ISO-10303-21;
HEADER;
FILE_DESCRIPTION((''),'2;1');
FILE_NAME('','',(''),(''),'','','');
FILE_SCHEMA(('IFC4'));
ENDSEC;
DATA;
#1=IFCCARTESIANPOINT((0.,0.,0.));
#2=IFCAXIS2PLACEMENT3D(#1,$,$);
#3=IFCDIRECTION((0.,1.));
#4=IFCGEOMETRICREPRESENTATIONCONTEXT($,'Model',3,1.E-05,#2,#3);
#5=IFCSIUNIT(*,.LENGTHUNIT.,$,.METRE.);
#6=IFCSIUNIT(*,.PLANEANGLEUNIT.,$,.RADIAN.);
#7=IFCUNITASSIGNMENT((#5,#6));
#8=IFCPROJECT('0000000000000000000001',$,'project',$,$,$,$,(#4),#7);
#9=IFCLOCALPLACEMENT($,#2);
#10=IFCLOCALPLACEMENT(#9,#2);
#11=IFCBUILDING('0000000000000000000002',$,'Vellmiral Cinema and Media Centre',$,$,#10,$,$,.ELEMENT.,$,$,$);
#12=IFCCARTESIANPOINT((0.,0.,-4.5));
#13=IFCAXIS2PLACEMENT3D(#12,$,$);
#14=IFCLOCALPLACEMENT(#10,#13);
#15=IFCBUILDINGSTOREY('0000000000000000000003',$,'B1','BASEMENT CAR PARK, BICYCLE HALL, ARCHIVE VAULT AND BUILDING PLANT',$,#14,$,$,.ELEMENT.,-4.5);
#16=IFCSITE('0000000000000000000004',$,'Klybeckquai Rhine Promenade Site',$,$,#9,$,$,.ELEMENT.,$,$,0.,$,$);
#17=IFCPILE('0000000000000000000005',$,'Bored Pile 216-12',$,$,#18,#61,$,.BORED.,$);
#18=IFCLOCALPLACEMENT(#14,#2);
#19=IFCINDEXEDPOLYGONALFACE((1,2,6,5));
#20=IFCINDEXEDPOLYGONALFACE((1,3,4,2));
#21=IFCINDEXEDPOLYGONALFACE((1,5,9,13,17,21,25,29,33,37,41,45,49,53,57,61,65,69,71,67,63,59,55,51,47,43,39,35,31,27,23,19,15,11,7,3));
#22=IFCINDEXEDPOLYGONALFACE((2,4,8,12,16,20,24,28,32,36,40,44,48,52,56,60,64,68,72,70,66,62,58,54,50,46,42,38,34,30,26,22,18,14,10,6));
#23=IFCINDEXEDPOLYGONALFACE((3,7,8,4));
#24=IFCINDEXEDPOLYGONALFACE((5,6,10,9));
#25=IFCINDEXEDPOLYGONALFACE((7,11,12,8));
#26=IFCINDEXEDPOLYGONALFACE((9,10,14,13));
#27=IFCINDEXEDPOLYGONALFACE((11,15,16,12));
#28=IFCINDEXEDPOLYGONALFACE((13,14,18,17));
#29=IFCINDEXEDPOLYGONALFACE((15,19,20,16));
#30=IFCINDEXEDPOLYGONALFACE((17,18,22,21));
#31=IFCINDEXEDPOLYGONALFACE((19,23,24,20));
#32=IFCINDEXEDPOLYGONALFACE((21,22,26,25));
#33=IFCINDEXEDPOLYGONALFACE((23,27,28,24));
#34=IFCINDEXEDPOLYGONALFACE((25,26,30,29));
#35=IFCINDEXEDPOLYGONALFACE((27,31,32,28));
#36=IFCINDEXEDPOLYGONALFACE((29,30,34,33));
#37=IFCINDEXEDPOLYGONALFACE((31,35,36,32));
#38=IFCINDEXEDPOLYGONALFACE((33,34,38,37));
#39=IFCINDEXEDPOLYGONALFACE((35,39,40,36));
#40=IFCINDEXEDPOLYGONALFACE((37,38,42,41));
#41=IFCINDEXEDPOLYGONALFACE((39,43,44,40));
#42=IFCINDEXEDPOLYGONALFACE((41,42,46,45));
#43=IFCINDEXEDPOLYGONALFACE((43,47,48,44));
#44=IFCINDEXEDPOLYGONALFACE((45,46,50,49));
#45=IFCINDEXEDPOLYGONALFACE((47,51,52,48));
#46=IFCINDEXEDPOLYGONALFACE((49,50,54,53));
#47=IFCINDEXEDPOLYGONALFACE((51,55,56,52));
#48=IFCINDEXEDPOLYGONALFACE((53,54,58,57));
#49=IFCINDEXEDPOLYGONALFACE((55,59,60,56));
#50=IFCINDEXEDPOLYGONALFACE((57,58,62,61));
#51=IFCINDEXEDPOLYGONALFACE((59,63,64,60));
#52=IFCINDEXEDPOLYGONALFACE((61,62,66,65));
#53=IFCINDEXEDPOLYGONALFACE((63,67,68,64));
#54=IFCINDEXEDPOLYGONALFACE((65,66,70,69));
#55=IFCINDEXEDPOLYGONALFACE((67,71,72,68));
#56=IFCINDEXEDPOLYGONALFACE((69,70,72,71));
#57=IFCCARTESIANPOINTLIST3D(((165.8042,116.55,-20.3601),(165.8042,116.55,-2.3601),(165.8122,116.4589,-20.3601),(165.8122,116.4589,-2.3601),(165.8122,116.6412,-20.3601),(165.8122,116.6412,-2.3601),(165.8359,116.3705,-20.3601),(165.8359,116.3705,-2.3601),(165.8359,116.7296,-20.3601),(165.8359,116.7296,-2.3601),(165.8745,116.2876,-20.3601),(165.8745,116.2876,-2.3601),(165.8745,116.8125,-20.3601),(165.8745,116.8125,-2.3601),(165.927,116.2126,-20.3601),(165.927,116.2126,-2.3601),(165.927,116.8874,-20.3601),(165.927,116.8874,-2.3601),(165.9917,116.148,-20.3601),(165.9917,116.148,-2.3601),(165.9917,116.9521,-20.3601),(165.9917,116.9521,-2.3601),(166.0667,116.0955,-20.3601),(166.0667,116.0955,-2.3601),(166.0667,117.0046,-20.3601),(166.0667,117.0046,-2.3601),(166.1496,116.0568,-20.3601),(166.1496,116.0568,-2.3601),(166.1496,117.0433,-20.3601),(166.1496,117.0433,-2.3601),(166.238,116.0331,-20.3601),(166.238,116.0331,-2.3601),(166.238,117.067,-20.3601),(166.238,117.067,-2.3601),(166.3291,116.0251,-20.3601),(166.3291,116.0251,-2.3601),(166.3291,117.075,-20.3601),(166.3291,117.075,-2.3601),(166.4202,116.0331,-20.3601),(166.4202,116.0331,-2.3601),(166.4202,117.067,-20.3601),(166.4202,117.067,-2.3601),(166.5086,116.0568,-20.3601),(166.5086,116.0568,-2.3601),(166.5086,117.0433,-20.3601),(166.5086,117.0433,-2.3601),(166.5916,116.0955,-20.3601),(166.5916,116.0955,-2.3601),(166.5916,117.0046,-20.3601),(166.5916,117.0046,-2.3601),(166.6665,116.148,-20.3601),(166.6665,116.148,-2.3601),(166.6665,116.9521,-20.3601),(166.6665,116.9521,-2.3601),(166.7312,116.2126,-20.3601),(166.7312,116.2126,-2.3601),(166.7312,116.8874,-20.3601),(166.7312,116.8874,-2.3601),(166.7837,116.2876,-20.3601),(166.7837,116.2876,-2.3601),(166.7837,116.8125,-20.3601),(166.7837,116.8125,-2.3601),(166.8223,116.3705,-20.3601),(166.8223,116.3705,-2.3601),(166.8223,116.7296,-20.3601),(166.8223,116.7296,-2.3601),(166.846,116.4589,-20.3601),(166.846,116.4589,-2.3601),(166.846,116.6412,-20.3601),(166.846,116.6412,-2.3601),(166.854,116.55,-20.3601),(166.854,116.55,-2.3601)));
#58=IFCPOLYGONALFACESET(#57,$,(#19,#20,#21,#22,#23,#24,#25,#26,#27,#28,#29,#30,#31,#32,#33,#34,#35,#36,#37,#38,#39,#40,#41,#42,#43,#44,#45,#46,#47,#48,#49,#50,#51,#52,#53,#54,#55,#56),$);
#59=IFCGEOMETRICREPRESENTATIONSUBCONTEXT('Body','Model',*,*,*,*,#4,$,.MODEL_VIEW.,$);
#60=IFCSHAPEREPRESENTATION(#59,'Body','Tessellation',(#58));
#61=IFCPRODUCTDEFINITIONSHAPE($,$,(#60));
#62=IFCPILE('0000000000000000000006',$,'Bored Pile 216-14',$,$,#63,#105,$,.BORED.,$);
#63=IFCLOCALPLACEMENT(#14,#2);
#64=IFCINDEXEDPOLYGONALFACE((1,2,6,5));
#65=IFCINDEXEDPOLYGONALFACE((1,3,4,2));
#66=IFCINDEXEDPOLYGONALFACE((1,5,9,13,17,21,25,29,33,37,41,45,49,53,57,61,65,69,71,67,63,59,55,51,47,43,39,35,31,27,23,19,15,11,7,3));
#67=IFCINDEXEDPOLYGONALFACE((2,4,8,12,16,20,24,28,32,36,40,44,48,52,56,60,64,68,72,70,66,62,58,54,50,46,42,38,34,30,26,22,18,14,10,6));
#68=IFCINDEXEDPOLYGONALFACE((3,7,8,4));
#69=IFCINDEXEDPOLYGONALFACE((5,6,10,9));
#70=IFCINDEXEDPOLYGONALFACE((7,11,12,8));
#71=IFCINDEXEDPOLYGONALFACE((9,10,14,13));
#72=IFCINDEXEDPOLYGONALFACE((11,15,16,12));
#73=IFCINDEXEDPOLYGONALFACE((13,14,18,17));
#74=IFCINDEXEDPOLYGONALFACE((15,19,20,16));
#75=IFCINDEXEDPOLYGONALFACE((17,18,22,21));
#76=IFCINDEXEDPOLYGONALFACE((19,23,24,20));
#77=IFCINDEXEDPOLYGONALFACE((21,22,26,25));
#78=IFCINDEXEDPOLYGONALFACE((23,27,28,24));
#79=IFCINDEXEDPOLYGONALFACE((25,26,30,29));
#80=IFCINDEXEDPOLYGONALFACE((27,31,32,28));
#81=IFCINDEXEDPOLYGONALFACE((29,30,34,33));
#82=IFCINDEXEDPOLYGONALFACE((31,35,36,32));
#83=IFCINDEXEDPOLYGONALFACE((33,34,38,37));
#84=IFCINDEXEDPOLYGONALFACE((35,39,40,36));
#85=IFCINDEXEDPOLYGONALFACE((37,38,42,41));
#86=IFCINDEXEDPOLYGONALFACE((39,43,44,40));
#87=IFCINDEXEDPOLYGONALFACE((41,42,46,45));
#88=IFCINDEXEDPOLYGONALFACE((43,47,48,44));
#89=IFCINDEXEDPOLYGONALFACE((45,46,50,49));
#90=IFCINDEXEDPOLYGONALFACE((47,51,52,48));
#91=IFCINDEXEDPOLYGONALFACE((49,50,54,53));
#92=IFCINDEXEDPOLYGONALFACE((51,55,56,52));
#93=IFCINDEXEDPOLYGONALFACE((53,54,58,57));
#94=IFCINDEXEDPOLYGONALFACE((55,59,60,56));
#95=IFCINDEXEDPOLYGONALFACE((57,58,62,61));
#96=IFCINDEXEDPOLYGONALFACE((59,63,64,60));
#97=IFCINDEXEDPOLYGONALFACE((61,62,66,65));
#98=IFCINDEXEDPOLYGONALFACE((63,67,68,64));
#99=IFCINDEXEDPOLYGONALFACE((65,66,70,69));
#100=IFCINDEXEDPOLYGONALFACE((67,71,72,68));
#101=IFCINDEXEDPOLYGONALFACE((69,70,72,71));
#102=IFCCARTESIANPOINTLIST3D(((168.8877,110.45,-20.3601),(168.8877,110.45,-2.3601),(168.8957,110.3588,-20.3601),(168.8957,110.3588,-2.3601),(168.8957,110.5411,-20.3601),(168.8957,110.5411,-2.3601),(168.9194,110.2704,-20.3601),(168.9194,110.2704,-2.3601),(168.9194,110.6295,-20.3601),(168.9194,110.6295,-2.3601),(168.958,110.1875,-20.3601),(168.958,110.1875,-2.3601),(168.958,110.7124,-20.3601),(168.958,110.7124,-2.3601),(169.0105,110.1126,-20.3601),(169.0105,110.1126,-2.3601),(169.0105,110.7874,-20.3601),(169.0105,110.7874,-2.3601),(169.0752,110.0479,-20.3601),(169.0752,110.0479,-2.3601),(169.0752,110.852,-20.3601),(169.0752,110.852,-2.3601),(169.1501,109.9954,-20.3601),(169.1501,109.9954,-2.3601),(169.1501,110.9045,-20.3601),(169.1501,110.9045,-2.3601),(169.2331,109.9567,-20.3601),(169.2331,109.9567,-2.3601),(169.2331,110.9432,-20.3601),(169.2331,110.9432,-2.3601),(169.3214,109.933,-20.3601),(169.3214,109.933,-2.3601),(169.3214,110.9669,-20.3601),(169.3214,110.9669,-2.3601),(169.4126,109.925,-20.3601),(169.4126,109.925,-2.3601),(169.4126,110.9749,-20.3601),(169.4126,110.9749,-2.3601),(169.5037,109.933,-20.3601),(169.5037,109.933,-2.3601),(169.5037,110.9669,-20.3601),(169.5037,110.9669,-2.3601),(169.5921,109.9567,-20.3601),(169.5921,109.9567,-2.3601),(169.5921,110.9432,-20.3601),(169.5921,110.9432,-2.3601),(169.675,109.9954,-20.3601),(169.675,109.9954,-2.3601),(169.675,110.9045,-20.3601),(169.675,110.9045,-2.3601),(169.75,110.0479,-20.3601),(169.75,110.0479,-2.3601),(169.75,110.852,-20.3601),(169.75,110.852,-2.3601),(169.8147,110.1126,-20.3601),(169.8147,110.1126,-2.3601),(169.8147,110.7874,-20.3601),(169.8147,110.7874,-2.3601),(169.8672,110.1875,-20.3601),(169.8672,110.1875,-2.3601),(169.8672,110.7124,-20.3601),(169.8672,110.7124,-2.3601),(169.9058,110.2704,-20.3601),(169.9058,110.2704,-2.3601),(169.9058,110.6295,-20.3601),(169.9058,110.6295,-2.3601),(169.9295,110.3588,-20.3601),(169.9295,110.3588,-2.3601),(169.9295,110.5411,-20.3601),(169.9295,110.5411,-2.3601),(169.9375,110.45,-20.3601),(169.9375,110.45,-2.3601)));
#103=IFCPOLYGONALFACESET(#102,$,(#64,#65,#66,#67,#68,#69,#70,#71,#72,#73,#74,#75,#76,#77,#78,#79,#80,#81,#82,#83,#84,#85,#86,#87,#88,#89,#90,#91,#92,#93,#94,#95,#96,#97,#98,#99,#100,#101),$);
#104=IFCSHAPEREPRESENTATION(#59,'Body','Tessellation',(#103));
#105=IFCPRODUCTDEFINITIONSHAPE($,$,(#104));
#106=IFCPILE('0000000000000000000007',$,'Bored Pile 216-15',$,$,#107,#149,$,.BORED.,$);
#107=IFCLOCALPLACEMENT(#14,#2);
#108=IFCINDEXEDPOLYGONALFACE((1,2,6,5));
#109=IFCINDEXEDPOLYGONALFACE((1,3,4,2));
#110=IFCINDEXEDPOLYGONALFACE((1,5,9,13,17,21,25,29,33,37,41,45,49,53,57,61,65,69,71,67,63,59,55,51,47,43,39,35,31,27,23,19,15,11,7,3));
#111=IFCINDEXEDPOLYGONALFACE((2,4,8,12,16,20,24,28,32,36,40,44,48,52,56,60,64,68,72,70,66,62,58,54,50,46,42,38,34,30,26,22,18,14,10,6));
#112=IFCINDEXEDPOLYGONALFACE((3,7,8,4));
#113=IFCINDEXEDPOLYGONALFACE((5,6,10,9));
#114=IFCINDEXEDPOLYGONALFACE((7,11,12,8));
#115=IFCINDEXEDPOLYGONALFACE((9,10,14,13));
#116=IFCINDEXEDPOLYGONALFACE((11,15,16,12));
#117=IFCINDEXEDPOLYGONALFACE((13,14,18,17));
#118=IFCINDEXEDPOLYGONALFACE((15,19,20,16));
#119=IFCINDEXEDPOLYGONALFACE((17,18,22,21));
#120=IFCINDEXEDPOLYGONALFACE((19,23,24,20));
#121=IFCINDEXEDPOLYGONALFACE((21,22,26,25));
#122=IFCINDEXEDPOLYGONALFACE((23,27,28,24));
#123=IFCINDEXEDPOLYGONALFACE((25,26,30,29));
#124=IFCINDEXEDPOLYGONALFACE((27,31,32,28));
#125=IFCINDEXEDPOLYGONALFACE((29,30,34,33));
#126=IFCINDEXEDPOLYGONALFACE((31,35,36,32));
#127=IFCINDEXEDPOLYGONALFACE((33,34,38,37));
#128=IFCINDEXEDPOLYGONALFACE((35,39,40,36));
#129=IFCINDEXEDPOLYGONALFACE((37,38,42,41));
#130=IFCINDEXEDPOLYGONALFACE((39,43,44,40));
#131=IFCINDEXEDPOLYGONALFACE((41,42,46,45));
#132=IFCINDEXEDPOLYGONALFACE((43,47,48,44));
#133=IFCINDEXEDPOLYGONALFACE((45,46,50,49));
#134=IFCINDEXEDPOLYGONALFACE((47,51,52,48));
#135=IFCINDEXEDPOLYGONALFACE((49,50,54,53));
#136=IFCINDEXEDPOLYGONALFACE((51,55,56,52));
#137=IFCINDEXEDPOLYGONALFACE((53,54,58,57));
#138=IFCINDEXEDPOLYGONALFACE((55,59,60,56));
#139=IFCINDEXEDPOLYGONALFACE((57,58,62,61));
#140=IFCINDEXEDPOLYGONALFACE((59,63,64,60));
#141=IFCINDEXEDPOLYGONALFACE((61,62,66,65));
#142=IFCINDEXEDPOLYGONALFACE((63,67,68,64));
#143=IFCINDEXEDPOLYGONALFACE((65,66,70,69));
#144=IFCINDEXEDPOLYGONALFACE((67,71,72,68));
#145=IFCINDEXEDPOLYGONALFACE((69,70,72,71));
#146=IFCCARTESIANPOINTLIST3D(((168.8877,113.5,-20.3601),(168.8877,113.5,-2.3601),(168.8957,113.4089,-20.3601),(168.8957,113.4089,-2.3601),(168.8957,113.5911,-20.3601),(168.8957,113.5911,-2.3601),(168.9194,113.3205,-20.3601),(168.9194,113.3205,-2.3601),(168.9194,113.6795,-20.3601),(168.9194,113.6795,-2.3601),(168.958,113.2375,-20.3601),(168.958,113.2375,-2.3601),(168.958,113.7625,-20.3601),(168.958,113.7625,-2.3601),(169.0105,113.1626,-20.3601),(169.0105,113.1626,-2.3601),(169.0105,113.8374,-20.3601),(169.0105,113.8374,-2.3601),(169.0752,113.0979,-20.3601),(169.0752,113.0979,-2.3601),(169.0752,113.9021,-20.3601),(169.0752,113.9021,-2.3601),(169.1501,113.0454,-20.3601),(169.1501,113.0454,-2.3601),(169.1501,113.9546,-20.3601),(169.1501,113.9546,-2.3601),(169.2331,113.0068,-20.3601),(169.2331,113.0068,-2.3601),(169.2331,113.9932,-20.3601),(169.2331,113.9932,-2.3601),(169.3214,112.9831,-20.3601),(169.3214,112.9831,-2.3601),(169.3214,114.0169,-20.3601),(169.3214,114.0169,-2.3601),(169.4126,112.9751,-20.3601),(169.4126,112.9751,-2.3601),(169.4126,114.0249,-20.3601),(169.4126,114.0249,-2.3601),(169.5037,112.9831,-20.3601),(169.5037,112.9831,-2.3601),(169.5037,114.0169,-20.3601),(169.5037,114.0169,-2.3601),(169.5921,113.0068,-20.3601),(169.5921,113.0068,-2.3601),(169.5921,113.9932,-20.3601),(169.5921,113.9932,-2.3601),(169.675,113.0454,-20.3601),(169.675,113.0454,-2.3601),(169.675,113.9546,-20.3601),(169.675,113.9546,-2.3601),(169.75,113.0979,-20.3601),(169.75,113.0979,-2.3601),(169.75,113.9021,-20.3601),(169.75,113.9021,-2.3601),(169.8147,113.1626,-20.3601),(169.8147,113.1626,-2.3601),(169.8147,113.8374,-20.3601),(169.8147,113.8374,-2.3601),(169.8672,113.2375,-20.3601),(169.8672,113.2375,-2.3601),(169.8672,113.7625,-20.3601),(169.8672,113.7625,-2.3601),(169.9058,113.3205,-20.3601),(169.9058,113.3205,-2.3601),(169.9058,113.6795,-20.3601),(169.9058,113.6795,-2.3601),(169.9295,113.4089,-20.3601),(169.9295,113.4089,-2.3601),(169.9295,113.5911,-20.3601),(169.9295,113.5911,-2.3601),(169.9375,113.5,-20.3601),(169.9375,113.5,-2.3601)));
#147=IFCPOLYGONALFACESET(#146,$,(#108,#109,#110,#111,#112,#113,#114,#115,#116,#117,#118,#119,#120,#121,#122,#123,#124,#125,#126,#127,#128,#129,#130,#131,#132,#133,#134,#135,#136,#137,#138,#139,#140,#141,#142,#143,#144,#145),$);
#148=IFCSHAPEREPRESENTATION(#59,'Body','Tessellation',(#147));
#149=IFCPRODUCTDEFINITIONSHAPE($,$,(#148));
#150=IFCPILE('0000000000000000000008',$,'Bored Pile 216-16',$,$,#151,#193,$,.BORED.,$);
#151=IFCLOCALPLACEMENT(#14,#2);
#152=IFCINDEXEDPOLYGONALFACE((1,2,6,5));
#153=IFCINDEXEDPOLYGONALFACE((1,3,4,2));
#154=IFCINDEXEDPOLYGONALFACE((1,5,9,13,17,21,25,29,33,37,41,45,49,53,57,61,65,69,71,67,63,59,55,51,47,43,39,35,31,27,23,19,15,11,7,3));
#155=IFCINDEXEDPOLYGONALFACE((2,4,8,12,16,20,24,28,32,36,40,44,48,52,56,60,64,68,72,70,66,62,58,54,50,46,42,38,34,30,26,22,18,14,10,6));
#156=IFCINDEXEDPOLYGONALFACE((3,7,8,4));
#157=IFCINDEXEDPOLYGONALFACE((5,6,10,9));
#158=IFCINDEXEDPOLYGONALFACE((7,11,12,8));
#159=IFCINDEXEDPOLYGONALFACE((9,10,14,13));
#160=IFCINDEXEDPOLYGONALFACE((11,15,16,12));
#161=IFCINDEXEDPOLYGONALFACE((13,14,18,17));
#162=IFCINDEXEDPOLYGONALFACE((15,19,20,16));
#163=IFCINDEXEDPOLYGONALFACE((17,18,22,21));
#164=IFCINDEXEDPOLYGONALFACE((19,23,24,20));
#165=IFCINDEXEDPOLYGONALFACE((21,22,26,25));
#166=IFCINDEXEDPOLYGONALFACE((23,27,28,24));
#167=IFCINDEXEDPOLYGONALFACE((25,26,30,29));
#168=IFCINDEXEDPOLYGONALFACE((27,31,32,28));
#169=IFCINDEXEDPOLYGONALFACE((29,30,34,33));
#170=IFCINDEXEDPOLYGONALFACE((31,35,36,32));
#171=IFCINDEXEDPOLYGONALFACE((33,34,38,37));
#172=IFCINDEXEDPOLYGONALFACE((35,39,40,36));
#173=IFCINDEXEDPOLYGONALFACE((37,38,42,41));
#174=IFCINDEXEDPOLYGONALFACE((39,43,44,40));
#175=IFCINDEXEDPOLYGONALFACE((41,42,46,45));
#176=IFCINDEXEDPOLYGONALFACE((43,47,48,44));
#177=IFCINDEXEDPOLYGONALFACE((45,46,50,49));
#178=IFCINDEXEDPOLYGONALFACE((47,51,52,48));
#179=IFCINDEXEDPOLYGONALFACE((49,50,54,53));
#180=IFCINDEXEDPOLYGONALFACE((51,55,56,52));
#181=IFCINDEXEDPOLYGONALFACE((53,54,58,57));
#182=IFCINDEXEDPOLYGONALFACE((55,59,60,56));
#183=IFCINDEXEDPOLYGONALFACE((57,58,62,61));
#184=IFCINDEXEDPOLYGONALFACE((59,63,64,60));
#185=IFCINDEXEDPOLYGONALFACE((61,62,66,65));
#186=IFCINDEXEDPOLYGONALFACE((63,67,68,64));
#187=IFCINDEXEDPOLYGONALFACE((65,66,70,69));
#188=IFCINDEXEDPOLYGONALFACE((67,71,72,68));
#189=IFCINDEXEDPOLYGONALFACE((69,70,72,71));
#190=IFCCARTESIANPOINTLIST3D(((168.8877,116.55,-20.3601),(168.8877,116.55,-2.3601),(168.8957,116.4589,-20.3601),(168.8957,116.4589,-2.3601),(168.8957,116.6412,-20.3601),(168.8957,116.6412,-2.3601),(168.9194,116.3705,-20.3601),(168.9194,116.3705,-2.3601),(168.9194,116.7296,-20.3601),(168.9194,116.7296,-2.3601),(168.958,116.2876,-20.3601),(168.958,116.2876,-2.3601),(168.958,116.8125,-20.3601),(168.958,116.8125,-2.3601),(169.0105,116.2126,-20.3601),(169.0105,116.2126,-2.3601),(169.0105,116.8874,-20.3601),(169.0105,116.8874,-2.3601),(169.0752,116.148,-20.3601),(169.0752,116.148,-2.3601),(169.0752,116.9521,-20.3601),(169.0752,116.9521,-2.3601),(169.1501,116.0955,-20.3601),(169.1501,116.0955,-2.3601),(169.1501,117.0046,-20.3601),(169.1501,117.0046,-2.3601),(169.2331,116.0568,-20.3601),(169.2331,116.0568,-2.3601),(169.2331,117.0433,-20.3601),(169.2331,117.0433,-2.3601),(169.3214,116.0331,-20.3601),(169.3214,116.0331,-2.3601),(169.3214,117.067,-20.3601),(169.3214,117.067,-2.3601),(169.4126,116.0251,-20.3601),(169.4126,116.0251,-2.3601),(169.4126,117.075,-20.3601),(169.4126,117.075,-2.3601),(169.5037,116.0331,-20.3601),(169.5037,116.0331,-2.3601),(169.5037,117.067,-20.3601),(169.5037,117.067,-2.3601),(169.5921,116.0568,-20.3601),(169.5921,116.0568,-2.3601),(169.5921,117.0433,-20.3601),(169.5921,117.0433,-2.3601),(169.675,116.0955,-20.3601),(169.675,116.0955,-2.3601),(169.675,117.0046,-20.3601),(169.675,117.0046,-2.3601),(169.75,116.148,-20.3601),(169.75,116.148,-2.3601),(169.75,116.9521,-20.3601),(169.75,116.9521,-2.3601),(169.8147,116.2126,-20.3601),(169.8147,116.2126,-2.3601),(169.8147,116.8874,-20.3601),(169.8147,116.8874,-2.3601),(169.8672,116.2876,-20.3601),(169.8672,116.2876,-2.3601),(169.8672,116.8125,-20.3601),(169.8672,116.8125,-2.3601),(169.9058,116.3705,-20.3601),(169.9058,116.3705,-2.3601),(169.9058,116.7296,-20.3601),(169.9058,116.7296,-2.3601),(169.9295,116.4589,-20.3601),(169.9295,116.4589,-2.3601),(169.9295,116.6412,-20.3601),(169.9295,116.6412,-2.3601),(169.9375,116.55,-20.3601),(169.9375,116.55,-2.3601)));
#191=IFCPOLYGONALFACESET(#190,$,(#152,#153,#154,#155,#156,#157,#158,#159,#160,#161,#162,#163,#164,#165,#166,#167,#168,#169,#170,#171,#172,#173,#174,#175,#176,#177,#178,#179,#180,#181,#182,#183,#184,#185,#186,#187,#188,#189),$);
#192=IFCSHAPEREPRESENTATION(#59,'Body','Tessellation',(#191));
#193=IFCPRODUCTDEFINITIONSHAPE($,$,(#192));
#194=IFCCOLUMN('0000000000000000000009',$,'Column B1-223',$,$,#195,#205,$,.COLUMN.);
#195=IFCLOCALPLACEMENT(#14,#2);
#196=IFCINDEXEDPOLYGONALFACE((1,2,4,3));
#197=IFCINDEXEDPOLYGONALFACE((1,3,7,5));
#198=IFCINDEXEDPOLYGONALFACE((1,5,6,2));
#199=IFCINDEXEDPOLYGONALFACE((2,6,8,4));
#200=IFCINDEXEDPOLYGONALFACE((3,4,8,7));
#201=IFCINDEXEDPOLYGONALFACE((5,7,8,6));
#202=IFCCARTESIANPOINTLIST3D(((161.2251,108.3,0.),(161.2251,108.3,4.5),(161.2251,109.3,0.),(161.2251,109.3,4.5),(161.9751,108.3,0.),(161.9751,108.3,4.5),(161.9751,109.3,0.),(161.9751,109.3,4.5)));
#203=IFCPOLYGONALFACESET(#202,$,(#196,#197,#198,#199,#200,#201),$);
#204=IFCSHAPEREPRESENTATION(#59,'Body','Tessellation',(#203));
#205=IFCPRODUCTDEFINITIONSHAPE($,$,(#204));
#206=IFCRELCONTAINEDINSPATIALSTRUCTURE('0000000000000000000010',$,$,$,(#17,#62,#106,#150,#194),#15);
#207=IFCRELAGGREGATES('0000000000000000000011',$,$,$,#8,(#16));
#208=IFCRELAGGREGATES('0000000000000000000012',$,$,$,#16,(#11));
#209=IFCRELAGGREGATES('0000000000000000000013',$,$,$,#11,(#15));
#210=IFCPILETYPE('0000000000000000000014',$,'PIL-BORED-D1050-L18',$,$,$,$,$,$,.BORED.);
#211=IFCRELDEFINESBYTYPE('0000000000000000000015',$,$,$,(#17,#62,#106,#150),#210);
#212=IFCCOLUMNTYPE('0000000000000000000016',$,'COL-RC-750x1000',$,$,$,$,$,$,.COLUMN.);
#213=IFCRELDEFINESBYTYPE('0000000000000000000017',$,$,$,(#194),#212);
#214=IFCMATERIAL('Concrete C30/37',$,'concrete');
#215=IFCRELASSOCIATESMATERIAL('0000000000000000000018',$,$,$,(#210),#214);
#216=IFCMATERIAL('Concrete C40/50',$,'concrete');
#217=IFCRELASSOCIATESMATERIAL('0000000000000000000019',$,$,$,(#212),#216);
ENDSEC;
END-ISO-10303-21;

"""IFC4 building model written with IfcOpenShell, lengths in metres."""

from ifc_helpers import new_model, si_unit, direction, frame, origin, origin_2d, place, context, subcontext, project, spatial, rectangle, circle, extrude, material, material_profile, profile_set, type_object, element, save


model = new_model("IFC4")

# Units and contexts
model_context = context("Model", 3, precision=1e-05, world=origin(), true_north=direction((0.0, 1.0)))
body_context = subcontext(model_context, "Body", "Model", "MODEL_VIEW")
ifc_project = project(units=[si_unit("LENGTHUNIT", "METRE"), si_unit("PLANEANGLEUNIT", "RADIAN")], contexts=[model_context])

# Site, building, storey
site_placement = place(None, origin())
site = spatial("IfcSite", under=ifc_project, at=site_placement, Name="Klybeckquai Rhine Promenade Site", CompositionType="ELEMENT", RefElevation=0.0)
building_placement = place(site_placement, origin())
building = spatial("IfcBuilding", under=site, at=building_placement, Name="Vellmiral Cinema and Media Centre", CompositionType="ELEMENT")
storey_placement = place(building_placement, frame((0.0, 0.0, -4.5)))
storey = spatial("IfcBuildingStorey", under=building, at=storey_placement, Name="B1", Description="BASEMENT CAR PARK, BICYCLE HALL, ARCHIVE VAULT AND BUILDING PLANT", CompositionType="ELEMENT", Elevation=-4.5)

# Piles
ifc_material_1 = material(Name="Concrete C30/37", Category="concrete")
ifc_material_profile_1 = material_profile(ifc_material_1, circle(Radius=0.5249, at=origin_2d()), Name="PILE D1050")
ifc_profile_set_1 = profile_set([ifc_material_profile_1], Name="Concrete C30/37")
pile_type = type_object("IfcPileType", Name="PIL-BORED-D1050-L18", PredefinedType="BORED", material=ifc_profile_set_1)
for number, where, z_axis, x_axis, name in (
    (1, (166.3291, 116.55, -2.3601), (0.0, 0.0, -1.0), (1.0, 0.0, 0.0), "Bored Pile 216-12"),
    (2, (169.4126, 110.45, -2.3601), (0.0, 0.0, -1.0), (1.0, 0.0, 0.0), "Bored Pile 216-14"),
    (3, (169.4126, 113.5, -2.3601), (0.0, 0.0, -1.0), (1.0, 0.0, 0.0), "Bored Pile 216-15"),
    (4, (169.4126, 116.55, -2.3601), (0.0, 0.0, -1.0), (1.0, 0.0, 0.0), "Bored Pile 216-16"),
):
    element("IfcPile", number, at=place(storey_placement, frame(where, z_axis=z_axis, x_axis=x_axis)), inside=storey, type_object=pile_type, Name=name, PredefinedType="BORED", context=body_context, shape_type="SweptSolid", body=[
        extrude(circle(Radius=0.5249, at=origin_2d()), origin(), (0.0, 0.0, 1.0), 18.0),
    ])

# Column
ifc_material_2 = material(Name="Concrete C40/50", Category="concrete")
ifc_material_profile_2 = material_profile(ifc_material_2, rectangle(XDim=0.75, YDim=1.0, at=origin_2d()), Name="RC 750x1000")
ifc_profile_set_2 = profile_set([ifc_material_profile_2], Name="Concrete C40/50")
column_type_1 = type_object("IfcColumnType", Name="COL-RC-750x1000", PredefinedType="COLUMN", material=ifc_profile_set_2)
for number, where, z_axis, x_axis, name in (
    (5, (161.6001, 108.8, 0.0), (0.0, 0.0, 1.0), (1.0, 0.0, 0.0), "Column B1-223"),
):
    element("IfcColumn", number, at=place(storey_placement, frame(where, z_axis=z_axis, x_axis=x_axis)), inside=storey, type_object=column_type_1, Name=name, PredefinedType="COLUMN", context=body_context, shape_type="SweptSolid", body=[
        extrude(rectangle(XDim=0.75, YDim=1.0, at=origin_2d()), origin(), (0.0, 0.0, 1.0), 4.5),
    ])

save(model, "model.ifc")
